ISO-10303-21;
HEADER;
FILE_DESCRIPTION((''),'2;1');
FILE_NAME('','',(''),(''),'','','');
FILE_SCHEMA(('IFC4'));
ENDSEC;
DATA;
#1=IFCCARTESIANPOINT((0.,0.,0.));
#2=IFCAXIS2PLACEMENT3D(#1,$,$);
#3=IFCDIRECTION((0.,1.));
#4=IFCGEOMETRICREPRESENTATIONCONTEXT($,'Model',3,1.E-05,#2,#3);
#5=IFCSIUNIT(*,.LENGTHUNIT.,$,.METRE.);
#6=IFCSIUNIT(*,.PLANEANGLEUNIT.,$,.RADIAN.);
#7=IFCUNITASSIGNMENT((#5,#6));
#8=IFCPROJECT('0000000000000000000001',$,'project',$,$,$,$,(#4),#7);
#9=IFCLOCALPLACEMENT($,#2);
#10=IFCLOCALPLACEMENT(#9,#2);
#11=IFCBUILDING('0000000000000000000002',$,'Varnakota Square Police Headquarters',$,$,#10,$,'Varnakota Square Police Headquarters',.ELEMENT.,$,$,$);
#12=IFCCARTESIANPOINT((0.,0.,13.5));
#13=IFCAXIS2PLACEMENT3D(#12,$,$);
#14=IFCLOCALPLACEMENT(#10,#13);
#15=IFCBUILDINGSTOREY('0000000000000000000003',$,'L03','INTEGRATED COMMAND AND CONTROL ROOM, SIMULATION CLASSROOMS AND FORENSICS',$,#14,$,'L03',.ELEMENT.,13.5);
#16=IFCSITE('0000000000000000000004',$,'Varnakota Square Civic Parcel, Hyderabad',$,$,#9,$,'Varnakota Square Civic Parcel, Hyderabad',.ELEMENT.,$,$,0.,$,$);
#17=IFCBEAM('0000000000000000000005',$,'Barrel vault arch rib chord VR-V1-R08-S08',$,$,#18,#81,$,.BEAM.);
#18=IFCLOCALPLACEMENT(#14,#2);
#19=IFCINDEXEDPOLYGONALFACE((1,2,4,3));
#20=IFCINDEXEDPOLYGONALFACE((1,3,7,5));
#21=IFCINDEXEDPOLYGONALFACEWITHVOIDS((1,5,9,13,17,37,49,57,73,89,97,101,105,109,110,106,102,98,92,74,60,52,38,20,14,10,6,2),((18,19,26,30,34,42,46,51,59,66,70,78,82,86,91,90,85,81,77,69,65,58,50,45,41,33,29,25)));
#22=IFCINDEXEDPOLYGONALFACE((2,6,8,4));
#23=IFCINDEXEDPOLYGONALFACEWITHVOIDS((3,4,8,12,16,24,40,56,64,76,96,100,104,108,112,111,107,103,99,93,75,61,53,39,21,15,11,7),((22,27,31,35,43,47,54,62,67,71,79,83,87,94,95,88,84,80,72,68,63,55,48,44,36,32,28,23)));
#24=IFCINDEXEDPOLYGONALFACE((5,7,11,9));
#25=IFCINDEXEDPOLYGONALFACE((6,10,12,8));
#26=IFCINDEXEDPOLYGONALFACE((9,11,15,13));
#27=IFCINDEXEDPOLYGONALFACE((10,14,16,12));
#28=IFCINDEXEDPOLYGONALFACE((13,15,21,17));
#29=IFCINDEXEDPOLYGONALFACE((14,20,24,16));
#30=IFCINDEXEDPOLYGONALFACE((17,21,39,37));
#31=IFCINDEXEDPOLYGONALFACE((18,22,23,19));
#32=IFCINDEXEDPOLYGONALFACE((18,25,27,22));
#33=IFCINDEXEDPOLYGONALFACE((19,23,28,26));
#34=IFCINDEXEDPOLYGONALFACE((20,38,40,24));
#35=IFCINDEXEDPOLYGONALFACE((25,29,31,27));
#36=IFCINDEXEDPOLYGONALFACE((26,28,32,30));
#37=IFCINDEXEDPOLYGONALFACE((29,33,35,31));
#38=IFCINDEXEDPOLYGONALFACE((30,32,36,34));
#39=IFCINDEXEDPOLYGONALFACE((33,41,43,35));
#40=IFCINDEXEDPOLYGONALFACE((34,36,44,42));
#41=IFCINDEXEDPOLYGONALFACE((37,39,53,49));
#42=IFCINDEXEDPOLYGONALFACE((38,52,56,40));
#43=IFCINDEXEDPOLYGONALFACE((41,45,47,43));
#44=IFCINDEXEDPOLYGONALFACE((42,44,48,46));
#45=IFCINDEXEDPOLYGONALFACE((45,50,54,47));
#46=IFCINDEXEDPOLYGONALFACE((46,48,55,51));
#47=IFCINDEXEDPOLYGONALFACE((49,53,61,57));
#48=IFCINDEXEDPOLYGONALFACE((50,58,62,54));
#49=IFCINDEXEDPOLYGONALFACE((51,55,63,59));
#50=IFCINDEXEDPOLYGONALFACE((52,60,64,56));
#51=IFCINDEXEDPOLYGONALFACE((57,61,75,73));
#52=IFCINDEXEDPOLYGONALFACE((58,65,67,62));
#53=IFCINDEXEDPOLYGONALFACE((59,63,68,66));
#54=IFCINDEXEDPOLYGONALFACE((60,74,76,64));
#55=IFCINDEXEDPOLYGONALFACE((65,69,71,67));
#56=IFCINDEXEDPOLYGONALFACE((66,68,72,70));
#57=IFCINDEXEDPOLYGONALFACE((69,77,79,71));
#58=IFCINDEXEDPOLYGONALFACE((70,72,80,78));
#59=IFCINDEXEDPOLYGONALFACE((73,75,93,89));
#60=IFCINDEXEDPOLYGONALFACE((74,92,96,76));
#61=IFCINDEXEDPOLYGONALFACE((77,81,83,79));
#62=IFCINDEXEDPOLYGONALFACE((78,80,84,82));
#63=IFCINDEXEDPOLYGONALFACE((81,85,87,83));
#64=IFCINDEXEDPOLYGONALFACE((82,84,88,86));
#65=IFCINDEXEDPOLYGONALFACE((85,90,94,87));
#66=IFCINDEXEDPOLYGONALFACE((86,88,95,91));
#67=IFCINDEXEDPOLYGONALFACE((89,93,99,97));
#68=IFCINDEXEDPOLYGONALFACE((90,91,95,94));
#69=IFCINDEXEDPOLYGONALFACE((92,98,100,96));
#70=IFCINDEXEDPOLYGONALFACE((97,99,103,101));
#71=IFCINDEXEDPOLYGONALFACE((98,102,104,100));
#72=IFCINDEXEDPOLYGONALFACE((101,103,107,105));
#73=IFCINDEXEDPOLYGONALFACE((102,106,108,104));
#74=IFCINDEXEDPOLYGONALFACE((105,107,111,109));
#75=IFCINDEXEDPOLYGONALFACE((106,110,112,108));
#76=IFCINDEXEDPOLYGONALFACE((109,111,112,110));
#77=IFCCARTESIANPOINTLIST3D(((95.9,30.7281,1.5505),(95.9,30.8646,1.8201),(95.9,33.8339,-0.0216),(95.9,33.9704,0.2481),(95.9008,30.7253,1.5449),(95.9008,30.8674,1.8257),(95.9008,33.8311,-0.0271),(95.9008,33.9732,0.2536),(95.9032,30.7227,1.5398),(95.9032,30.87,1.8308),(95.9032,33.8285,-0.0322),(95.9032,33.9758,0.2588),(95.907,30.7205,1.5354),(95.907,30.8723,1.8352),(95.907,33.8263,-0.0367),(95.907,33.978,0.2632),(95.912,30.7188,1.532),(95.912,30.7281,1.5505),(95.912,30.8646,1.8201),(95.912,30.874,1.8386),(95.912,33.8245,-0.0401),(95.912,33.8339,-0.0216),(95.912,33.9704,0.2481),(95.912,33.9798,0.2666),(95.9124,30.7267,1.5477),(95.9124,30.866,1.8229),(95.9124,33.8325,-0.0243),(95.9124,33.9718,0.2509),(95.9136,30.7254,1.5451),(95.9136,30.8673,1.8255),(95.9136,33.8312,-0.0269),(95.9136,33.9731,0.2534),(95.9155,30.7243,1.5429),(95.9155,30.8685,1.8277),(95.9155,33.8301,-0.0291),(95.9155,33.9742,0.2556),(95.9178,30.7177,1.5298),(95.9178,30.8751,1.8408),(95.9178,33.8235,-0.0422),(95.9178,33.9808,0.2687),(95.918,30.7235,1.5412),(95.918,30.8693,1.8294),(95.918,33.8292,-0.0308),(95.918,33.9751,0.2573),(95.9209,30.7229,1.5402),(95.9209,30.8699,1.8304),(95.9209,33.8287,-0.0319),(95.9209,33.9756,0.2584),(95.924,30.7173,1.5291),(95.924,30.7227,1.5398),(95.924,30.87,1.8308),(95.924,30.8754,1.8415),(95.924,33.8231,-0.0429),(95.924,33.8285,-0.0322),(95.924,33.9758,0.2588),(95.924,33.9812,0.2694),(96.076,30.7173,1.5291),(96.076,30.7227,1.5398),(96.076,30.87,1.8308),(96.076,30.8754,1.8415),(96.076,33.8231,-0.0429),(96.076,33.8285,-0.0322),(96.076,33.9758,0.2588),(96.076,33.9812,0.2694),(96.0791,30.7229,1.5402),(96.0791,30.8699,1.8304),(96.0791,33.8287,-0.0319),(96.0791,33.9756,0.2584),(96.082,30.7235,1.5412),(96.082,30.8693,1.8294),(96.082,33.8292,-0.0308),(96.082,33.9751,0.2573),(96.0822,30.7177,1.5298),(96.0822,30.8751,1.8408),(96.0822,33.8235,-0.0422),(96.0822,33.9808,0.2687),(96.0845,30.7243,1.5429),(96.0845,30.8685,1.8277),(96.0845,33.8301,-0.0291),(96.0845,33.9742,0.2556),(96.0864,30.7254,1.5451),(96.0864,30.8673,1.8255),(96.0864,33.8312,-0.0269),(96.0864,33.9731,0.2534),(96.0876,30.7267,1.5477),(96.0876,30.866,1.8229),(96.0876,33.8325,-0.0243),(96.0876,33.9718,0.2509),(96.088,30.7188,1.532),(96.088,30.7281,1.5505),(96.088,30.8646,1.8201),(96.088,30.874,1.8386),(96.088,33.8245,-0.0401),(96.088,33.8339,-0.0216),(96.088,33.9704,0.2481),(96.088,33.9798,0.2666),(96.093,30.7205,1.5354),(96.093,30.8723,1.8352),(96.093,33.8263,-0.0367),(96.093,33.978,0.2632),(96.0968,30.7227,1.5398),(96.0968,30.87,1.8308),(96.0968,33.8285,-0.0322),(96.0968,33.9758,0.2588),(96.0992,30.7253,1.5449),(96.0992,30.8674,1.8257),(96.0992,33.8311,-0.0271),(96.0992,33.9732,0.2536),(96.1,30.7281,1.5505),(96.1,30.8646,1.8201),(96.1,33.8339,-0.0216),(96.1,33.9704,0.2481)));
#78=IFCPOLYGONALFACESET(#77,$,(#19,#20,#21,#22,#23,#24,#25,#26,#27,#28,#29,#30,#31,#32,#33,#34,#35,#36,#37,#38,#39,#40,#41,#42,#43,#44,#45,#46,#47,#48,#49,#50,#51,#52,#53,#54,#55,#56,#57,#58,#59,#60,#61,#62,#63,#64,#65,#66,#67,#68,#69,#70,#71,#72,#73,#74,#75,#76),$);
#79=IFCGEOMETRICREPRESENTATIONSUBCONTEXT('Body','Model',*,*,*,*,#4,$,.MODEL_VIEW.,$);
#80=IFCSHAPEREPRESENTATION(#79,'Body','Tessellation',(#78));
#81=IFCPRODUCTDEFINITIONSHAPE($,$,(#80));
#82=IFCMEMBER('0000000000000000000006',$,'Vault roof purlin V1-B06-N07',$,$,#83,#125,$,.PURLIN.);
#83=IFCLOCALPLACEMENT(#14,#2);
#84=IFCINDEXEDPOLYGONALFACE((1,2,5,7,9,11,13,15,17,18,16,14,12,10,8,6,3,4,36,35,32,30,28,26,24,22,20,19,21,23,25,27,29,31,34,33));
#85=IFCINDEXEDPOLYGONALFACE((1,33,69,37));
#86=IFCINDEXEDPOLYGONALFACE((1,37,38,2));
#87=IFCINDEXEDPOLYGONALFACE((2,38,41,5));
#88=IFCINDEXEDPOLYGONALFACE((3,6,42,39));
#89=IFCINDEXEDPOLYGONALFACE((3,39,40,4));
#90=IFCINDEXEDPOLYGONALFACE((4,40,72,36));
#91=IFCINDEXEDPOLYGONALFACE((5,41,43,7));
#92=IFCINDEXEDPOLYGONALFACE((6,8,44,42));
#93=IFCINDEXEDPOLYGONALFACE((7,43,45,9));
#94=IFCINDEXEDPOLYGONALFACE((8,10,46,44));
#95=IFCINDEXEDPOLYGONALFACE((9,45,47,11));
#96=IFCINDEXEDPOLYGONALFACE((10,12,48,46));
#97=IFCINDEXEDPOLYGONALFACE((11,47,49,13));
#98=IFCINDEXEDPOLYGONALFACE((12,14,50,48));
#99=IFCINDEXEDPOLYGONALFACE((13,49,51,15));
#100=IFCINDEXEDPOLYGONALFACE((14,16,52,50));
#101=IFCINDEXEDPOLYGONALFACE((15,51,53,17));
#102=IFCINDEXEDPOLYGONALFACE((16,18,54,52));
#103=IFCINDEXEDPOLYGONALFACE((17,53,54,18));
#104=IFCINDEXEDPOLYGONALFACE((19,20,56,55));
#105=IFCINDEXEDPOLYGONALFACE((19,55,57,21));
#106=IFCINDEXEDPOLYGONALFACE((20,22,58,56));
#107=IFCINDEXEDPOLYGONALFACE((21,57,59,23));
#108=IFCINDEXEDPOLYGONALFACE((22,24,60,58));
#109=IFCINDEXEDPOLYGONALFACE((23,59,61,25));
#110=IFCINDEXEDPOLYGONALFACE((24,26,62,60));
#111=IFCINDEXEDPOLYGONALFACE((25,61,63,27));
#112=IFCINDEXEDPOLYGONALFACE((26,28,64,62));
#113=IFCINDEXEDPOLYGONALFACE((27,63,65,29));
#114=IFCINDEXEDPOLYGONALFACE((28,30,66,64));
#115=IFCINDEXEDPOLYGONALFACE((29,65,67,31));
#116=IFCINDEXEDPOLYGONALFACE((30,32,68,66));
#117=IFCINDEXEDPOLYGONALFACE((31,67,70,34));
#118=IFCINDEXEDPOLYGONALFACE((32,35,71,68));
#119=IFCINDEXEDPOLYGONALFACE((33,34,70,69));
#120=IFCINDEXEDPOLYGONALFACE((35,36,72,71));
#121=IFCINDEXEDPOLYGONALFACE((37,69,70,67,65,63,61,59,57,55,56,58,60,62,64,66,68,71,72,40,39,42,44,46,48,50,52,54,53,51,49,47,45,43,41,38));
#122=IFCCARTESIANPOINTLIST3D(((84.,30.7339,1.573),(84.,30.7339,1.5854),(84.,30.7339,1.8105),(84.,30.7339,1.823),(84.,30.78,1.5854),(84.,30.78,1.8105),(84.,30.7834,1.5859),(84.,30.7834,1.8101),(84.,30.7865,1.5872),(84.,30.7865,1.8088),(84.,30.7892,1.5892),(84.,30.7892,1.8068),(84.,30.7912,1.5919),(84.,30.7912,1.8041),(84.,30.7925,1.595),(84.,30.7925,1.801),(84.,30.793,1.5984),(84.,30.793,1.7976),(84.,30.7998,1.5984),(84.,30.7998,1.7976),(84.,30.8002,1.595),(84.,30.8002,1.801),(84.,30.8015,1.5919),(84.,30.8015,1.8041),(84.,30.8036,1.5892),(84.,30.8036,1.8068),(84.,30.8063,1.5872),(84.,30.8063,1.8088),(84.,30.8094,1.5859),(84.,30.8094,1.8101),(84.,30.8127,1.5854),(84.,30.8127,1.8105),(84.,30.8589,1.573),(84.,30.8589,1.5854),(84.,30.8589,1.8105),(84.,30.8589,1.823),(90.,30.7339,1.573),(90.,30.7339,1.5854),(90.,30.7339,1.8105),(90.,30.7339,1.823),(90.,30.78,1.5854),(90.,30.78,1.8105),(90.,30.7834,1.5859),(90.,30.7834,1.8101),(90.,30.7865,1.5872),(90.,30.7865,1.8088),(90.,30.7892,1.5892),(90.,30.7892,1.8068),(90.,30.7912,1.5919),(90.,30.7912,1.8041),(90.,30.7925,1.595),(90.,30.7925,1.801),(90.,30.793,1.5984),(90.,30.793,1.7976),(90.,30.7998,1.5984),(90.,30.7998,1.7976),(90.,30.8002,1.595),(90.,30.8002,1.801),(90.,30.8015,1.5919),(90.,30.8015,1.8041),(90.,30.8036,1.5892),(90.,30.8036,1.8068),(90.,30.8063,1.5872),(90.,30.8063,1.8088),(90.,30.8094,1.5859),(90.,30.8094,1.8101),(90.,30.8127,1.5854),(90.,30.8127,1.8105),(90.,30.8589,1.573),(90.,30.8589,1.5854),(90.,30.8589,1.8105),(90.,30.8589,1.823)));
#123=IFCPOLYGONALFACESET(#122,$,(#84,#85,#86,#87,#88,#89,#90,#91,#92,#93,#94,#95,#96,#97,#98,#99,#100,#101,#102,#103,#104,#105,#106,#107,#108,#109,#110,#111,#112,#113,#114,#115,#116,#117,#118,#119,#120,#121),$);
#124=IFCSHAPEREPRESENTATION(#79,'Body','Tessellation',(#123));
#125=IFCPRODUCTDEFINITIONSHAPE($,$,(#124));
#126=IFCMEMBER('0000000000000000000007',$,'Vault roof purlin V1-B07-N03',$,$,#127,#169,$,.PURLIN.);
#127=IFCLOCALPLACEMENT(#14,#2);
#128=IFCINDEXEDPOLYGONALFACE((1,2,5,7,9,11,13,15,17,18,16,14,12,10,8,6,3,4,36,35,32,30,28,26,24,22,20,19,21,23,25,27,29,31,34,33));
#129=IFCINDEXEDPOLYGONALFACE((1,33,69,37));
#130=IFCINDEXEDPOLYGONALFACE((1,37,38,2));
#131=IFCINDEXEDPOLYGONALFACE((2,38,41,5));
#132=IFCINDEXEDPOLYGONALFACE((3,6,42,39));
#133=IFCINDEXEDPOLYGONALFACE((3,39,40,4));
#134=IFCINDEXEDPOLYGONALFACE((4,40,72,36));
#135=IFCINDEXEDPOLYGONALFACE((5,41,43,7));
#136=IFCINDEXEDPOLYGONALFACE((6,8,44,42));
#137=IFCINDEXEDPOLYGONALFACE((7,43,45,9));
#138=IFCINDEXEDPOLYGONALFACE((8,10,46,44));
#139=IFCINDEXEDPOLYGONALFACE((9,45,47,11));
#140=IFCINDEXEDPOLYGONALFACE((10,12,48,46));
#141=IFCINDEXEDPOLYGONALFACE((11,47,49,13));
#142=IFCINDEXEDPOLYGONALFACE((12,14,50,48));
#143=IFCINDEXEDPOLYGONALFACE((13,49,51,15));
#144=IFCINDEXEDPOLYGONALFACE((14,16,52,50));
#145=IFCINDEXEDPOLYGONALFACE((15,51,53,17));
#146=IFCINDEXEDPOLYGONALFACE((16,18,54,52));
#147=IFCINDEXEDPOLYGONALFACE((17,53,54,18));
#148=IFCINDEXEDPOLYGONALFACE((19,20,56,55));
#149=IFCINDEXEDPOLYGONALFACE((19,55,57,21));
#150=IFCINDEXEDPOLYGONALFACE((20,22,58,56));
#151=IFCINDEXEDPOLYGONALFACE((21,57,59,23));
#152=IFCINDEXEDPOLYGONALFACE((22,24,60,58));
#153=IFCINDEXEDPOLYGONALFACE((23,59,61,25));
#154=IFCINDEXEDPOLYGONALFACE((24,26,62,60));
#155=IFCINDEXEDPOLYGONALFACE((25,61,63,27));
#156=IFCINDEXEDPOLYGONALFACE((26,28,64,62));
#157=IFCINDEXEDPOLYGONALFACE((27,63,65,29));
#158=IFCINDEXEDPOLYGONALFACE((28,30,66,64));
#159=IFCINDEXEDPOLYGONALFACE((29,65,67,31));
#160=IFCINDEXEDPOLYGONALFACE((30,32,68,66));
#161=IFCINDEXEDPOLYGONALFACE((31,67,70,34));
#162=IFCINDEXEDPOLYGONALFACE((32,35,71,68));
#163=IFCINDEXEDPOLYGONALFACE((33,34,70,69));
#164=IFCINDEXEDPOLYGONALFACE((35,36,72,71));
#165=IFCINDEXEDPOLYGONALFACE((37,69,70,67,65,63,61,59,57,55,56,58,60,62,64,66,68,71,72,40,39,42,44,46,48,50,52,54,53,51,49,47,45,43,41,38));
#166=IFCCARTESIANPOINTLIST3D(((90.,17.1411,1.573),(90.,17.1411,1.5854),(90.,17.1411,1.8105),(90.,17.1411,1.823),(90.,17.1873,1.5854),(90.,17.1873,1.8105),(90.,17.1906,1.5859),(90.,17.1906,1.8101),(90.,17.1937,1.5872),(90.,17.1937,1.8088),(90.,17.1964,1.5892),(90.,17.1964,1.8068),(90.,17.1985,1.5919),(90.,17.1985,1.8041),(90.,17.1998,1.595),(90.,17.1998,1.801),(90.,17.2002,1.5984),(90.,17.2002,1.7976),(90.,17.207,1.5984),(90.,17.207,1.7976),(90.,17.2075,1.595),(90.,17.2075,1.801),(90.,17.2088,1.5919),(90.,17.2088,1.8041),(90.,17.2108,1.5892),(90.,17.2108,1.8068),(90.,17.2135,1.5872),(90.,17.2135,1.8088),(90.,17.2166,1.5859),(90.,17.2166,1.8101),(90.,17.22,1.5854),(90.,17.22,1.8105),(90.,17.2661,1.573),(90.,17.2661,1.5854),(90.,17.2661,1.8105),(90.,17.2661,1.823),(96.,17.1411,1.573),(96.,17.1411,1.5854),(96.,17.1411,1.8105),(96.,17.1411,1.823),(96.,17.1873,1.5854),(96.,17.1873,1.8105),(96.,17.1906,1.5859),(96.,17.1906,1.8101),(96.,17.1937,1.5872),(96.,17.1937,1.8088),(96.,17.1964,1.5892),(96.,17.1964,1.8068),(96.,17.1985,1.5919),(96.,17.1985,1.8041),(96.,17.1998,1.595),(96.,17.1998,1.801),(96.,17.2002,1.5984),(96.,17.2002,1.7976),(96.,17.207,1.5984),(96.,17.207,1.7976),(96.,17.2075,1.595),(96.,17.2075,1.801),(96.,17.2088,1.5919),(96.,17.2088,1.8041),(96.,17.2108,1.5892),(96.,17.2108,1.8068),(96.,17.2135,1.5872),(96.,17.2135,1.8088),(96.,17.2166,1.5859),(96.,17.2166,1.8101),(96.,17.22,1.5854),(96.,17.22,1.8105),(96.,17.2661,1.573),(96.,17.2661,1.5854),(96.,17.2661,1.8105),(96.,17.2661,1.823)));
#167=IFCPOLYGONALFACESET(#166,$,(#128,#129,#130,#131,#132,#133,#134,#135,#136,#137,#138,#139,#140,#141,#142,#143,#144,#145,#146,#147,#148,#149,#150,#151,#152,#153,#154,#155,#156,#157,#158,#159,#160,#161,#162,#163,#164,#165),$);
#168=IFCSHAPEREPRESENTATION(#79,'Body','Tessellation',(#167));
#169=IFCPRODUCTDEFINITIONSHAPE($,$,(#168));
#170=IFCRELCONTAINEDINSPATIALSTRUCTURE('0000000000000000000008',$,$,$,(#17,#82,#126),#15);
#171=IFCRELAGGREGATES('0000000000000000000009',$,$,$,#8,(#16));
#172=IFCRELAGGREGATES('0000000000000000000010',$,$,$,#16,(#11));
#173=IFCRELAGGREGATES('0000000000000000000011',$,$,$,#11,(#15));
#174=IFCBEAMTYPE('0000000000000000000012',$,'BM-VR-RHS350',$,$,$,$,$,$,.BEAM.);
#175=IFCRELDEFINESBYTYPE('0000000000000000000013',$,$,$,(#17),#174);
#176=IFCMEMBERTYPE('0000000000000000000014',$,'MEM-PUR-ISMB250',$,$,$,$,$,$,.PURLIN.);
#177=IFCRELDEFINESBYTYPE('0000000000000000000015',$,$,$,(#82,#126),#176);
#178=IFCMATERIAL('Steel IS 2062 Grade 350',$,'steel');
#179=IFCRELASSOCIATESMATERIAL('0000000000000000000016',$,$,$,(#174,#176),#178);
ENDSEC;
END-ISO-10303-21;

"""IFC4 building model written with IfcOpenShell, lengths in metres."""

from ifc_helpers import new_model, si_unit, direction, frame, origin, origin_2d, place, context, subcontext, project, spatial, hollow_rectangle, i_section, extrude, material, material_profile, profile_set, type_object, element, save


model = new_model("IFC4")

# Units and contexts
model_context = context("Model", 3, precision=1e-05, world=origin(), true_north=direction((0.0, 1.0)))
body_context = subcontext(model_context, "Body", "Model", "MODEL_VIEW")
ifc_project = project(units=[si_unit("LENGTHUNIT", "METRE"), si_unit("PLANEANGLEUNIT", "RADIAN")], contexts=[model_context])

# Site, building, storey
site_placement = place(None, origin())
site = spatial("IfcSite", under=ifc_project, at=site_placement, Name="Varnakota Square Civic Parcel, Hyderabad", LongName="Varnakota Square Civic Parcel, Hyderabad", CompositionType="ELEMENT", RefElevation=0.0)
building_placement = place(site_placement, origin())
building = spatial("IfcBuilding", under=site, at=building_placement, Name="Varnakota Square Police Headquarters", LongName="Varnakota Square Police Headquarters", CompositionType="ELEMENT")
storey_placement = place(building_placement, frame((0.0, 0.0, 13.5)))
storey = spatial("IfcBuildingStorey", under=building, at=storey_placement, Name="L03", Description="INTEGRATED COMMAND AND CONTROL ROOM, SIMULATION CLASSROOMS AND FORENSICS", LongName="L03", CompositionType="ELEMENT", Elevation=13.5)

# Beam
ifc_material_1 = material(Name="Steel IS 2062 Grade 350", Category="steel")
ifc_material_profile_1 = material_profile(ifc_material_1, hollow_rectangle(XDim=0.2, YDim=0.3501, WallThickness=0.012, InnerFilletRadius=0.012, OuterFilletRadius=0.0239, at=origin_2d()), Name="RHS 350x200x12")
ifc_profile_set_1 = profile_set([ifc_material_profile_1], Name="Steel IS 2062 Grade 350")
beam_type = type_object("IfcBeamType", Name="BM-VR-RHS350", PredefinedType="BEAM", material=ifc_profile_set_1)
beam_1_placement = place(storey_placement, frame((96.0, 30.7964, 1.6853), z_axis=(0.0, 0.892214, -0.451613), x_axis=(-1.0, 0.0, 0.0)))
element("IfcBeam", 1, at=beam_1_placement, inside=storey, type_object=beam_type, Name="Barrel vault arch rib chord VR-V1-R08-S08", PredefinedType="BEAM", context=body_context, shape_type="SweptSolid", body=[
    extrude(hollow_rectangle(XDim=0.2, YDim=0.3501, WallThickness=0.012, InnerFilletRadius=0.012, OuterFilletRadius=0.0239, at=origin_2d()), origin(), (0.0, 0.0, 1.0), 3.481),
])

# Members
ifc_material_profile_2 = material_profile(ifc_material_1, i_section(OverallWidth=0.125, OverallDepth=0.25, WebThickness=0.0068, FlangeThickness=0.0125, FilletRadius=0.0129, at=origin_2d()), Name="ISMB 250")
ifc_profile_set_2 = profile_set([ifc_material_profile_2], Name="Steel IS 2062 Grade 350")
member_type_1 = type_object("IfcMemberType", Name="MEM-PUR-ISMB250", PredefinedType="PURLIN", material=ifc_profile_set_2)
for number, where, z_axis, x_axis, name in (
    (2, (84.0, 30.7964, 1.698), (1.0, 0.0, 0.0), (0.0, 1.0, 0.0), "Vault roof purlin V1-B06-N07"),
    (3, (90.0, 17.2036, 1.698), (1.0, 0.0, 0.0), (0.0, 1.0, 0.0), "Vault roof purlin V1-B07-N03"),
):
    element("IfcMember", number, at=place(storey_placement, frame(where, z_axis=z_axis, x_axis=x_axis)), inside=storey, type_object=member_type_1, Name=name, PredefinedType="PURLIN", context=body_context, shape_type="SweptSolid", body=[
        extrude(i_section(OverallWidth=0.125, OverallDepth=0.25, WebThickness=0.0068, FlangeThickness=0.0125, FilletRadius=0.0129, at=origin_2d()), origin(), (0.0, 0.0, 1.0), 6.0),
    ])

save(model, "model.ifc")
